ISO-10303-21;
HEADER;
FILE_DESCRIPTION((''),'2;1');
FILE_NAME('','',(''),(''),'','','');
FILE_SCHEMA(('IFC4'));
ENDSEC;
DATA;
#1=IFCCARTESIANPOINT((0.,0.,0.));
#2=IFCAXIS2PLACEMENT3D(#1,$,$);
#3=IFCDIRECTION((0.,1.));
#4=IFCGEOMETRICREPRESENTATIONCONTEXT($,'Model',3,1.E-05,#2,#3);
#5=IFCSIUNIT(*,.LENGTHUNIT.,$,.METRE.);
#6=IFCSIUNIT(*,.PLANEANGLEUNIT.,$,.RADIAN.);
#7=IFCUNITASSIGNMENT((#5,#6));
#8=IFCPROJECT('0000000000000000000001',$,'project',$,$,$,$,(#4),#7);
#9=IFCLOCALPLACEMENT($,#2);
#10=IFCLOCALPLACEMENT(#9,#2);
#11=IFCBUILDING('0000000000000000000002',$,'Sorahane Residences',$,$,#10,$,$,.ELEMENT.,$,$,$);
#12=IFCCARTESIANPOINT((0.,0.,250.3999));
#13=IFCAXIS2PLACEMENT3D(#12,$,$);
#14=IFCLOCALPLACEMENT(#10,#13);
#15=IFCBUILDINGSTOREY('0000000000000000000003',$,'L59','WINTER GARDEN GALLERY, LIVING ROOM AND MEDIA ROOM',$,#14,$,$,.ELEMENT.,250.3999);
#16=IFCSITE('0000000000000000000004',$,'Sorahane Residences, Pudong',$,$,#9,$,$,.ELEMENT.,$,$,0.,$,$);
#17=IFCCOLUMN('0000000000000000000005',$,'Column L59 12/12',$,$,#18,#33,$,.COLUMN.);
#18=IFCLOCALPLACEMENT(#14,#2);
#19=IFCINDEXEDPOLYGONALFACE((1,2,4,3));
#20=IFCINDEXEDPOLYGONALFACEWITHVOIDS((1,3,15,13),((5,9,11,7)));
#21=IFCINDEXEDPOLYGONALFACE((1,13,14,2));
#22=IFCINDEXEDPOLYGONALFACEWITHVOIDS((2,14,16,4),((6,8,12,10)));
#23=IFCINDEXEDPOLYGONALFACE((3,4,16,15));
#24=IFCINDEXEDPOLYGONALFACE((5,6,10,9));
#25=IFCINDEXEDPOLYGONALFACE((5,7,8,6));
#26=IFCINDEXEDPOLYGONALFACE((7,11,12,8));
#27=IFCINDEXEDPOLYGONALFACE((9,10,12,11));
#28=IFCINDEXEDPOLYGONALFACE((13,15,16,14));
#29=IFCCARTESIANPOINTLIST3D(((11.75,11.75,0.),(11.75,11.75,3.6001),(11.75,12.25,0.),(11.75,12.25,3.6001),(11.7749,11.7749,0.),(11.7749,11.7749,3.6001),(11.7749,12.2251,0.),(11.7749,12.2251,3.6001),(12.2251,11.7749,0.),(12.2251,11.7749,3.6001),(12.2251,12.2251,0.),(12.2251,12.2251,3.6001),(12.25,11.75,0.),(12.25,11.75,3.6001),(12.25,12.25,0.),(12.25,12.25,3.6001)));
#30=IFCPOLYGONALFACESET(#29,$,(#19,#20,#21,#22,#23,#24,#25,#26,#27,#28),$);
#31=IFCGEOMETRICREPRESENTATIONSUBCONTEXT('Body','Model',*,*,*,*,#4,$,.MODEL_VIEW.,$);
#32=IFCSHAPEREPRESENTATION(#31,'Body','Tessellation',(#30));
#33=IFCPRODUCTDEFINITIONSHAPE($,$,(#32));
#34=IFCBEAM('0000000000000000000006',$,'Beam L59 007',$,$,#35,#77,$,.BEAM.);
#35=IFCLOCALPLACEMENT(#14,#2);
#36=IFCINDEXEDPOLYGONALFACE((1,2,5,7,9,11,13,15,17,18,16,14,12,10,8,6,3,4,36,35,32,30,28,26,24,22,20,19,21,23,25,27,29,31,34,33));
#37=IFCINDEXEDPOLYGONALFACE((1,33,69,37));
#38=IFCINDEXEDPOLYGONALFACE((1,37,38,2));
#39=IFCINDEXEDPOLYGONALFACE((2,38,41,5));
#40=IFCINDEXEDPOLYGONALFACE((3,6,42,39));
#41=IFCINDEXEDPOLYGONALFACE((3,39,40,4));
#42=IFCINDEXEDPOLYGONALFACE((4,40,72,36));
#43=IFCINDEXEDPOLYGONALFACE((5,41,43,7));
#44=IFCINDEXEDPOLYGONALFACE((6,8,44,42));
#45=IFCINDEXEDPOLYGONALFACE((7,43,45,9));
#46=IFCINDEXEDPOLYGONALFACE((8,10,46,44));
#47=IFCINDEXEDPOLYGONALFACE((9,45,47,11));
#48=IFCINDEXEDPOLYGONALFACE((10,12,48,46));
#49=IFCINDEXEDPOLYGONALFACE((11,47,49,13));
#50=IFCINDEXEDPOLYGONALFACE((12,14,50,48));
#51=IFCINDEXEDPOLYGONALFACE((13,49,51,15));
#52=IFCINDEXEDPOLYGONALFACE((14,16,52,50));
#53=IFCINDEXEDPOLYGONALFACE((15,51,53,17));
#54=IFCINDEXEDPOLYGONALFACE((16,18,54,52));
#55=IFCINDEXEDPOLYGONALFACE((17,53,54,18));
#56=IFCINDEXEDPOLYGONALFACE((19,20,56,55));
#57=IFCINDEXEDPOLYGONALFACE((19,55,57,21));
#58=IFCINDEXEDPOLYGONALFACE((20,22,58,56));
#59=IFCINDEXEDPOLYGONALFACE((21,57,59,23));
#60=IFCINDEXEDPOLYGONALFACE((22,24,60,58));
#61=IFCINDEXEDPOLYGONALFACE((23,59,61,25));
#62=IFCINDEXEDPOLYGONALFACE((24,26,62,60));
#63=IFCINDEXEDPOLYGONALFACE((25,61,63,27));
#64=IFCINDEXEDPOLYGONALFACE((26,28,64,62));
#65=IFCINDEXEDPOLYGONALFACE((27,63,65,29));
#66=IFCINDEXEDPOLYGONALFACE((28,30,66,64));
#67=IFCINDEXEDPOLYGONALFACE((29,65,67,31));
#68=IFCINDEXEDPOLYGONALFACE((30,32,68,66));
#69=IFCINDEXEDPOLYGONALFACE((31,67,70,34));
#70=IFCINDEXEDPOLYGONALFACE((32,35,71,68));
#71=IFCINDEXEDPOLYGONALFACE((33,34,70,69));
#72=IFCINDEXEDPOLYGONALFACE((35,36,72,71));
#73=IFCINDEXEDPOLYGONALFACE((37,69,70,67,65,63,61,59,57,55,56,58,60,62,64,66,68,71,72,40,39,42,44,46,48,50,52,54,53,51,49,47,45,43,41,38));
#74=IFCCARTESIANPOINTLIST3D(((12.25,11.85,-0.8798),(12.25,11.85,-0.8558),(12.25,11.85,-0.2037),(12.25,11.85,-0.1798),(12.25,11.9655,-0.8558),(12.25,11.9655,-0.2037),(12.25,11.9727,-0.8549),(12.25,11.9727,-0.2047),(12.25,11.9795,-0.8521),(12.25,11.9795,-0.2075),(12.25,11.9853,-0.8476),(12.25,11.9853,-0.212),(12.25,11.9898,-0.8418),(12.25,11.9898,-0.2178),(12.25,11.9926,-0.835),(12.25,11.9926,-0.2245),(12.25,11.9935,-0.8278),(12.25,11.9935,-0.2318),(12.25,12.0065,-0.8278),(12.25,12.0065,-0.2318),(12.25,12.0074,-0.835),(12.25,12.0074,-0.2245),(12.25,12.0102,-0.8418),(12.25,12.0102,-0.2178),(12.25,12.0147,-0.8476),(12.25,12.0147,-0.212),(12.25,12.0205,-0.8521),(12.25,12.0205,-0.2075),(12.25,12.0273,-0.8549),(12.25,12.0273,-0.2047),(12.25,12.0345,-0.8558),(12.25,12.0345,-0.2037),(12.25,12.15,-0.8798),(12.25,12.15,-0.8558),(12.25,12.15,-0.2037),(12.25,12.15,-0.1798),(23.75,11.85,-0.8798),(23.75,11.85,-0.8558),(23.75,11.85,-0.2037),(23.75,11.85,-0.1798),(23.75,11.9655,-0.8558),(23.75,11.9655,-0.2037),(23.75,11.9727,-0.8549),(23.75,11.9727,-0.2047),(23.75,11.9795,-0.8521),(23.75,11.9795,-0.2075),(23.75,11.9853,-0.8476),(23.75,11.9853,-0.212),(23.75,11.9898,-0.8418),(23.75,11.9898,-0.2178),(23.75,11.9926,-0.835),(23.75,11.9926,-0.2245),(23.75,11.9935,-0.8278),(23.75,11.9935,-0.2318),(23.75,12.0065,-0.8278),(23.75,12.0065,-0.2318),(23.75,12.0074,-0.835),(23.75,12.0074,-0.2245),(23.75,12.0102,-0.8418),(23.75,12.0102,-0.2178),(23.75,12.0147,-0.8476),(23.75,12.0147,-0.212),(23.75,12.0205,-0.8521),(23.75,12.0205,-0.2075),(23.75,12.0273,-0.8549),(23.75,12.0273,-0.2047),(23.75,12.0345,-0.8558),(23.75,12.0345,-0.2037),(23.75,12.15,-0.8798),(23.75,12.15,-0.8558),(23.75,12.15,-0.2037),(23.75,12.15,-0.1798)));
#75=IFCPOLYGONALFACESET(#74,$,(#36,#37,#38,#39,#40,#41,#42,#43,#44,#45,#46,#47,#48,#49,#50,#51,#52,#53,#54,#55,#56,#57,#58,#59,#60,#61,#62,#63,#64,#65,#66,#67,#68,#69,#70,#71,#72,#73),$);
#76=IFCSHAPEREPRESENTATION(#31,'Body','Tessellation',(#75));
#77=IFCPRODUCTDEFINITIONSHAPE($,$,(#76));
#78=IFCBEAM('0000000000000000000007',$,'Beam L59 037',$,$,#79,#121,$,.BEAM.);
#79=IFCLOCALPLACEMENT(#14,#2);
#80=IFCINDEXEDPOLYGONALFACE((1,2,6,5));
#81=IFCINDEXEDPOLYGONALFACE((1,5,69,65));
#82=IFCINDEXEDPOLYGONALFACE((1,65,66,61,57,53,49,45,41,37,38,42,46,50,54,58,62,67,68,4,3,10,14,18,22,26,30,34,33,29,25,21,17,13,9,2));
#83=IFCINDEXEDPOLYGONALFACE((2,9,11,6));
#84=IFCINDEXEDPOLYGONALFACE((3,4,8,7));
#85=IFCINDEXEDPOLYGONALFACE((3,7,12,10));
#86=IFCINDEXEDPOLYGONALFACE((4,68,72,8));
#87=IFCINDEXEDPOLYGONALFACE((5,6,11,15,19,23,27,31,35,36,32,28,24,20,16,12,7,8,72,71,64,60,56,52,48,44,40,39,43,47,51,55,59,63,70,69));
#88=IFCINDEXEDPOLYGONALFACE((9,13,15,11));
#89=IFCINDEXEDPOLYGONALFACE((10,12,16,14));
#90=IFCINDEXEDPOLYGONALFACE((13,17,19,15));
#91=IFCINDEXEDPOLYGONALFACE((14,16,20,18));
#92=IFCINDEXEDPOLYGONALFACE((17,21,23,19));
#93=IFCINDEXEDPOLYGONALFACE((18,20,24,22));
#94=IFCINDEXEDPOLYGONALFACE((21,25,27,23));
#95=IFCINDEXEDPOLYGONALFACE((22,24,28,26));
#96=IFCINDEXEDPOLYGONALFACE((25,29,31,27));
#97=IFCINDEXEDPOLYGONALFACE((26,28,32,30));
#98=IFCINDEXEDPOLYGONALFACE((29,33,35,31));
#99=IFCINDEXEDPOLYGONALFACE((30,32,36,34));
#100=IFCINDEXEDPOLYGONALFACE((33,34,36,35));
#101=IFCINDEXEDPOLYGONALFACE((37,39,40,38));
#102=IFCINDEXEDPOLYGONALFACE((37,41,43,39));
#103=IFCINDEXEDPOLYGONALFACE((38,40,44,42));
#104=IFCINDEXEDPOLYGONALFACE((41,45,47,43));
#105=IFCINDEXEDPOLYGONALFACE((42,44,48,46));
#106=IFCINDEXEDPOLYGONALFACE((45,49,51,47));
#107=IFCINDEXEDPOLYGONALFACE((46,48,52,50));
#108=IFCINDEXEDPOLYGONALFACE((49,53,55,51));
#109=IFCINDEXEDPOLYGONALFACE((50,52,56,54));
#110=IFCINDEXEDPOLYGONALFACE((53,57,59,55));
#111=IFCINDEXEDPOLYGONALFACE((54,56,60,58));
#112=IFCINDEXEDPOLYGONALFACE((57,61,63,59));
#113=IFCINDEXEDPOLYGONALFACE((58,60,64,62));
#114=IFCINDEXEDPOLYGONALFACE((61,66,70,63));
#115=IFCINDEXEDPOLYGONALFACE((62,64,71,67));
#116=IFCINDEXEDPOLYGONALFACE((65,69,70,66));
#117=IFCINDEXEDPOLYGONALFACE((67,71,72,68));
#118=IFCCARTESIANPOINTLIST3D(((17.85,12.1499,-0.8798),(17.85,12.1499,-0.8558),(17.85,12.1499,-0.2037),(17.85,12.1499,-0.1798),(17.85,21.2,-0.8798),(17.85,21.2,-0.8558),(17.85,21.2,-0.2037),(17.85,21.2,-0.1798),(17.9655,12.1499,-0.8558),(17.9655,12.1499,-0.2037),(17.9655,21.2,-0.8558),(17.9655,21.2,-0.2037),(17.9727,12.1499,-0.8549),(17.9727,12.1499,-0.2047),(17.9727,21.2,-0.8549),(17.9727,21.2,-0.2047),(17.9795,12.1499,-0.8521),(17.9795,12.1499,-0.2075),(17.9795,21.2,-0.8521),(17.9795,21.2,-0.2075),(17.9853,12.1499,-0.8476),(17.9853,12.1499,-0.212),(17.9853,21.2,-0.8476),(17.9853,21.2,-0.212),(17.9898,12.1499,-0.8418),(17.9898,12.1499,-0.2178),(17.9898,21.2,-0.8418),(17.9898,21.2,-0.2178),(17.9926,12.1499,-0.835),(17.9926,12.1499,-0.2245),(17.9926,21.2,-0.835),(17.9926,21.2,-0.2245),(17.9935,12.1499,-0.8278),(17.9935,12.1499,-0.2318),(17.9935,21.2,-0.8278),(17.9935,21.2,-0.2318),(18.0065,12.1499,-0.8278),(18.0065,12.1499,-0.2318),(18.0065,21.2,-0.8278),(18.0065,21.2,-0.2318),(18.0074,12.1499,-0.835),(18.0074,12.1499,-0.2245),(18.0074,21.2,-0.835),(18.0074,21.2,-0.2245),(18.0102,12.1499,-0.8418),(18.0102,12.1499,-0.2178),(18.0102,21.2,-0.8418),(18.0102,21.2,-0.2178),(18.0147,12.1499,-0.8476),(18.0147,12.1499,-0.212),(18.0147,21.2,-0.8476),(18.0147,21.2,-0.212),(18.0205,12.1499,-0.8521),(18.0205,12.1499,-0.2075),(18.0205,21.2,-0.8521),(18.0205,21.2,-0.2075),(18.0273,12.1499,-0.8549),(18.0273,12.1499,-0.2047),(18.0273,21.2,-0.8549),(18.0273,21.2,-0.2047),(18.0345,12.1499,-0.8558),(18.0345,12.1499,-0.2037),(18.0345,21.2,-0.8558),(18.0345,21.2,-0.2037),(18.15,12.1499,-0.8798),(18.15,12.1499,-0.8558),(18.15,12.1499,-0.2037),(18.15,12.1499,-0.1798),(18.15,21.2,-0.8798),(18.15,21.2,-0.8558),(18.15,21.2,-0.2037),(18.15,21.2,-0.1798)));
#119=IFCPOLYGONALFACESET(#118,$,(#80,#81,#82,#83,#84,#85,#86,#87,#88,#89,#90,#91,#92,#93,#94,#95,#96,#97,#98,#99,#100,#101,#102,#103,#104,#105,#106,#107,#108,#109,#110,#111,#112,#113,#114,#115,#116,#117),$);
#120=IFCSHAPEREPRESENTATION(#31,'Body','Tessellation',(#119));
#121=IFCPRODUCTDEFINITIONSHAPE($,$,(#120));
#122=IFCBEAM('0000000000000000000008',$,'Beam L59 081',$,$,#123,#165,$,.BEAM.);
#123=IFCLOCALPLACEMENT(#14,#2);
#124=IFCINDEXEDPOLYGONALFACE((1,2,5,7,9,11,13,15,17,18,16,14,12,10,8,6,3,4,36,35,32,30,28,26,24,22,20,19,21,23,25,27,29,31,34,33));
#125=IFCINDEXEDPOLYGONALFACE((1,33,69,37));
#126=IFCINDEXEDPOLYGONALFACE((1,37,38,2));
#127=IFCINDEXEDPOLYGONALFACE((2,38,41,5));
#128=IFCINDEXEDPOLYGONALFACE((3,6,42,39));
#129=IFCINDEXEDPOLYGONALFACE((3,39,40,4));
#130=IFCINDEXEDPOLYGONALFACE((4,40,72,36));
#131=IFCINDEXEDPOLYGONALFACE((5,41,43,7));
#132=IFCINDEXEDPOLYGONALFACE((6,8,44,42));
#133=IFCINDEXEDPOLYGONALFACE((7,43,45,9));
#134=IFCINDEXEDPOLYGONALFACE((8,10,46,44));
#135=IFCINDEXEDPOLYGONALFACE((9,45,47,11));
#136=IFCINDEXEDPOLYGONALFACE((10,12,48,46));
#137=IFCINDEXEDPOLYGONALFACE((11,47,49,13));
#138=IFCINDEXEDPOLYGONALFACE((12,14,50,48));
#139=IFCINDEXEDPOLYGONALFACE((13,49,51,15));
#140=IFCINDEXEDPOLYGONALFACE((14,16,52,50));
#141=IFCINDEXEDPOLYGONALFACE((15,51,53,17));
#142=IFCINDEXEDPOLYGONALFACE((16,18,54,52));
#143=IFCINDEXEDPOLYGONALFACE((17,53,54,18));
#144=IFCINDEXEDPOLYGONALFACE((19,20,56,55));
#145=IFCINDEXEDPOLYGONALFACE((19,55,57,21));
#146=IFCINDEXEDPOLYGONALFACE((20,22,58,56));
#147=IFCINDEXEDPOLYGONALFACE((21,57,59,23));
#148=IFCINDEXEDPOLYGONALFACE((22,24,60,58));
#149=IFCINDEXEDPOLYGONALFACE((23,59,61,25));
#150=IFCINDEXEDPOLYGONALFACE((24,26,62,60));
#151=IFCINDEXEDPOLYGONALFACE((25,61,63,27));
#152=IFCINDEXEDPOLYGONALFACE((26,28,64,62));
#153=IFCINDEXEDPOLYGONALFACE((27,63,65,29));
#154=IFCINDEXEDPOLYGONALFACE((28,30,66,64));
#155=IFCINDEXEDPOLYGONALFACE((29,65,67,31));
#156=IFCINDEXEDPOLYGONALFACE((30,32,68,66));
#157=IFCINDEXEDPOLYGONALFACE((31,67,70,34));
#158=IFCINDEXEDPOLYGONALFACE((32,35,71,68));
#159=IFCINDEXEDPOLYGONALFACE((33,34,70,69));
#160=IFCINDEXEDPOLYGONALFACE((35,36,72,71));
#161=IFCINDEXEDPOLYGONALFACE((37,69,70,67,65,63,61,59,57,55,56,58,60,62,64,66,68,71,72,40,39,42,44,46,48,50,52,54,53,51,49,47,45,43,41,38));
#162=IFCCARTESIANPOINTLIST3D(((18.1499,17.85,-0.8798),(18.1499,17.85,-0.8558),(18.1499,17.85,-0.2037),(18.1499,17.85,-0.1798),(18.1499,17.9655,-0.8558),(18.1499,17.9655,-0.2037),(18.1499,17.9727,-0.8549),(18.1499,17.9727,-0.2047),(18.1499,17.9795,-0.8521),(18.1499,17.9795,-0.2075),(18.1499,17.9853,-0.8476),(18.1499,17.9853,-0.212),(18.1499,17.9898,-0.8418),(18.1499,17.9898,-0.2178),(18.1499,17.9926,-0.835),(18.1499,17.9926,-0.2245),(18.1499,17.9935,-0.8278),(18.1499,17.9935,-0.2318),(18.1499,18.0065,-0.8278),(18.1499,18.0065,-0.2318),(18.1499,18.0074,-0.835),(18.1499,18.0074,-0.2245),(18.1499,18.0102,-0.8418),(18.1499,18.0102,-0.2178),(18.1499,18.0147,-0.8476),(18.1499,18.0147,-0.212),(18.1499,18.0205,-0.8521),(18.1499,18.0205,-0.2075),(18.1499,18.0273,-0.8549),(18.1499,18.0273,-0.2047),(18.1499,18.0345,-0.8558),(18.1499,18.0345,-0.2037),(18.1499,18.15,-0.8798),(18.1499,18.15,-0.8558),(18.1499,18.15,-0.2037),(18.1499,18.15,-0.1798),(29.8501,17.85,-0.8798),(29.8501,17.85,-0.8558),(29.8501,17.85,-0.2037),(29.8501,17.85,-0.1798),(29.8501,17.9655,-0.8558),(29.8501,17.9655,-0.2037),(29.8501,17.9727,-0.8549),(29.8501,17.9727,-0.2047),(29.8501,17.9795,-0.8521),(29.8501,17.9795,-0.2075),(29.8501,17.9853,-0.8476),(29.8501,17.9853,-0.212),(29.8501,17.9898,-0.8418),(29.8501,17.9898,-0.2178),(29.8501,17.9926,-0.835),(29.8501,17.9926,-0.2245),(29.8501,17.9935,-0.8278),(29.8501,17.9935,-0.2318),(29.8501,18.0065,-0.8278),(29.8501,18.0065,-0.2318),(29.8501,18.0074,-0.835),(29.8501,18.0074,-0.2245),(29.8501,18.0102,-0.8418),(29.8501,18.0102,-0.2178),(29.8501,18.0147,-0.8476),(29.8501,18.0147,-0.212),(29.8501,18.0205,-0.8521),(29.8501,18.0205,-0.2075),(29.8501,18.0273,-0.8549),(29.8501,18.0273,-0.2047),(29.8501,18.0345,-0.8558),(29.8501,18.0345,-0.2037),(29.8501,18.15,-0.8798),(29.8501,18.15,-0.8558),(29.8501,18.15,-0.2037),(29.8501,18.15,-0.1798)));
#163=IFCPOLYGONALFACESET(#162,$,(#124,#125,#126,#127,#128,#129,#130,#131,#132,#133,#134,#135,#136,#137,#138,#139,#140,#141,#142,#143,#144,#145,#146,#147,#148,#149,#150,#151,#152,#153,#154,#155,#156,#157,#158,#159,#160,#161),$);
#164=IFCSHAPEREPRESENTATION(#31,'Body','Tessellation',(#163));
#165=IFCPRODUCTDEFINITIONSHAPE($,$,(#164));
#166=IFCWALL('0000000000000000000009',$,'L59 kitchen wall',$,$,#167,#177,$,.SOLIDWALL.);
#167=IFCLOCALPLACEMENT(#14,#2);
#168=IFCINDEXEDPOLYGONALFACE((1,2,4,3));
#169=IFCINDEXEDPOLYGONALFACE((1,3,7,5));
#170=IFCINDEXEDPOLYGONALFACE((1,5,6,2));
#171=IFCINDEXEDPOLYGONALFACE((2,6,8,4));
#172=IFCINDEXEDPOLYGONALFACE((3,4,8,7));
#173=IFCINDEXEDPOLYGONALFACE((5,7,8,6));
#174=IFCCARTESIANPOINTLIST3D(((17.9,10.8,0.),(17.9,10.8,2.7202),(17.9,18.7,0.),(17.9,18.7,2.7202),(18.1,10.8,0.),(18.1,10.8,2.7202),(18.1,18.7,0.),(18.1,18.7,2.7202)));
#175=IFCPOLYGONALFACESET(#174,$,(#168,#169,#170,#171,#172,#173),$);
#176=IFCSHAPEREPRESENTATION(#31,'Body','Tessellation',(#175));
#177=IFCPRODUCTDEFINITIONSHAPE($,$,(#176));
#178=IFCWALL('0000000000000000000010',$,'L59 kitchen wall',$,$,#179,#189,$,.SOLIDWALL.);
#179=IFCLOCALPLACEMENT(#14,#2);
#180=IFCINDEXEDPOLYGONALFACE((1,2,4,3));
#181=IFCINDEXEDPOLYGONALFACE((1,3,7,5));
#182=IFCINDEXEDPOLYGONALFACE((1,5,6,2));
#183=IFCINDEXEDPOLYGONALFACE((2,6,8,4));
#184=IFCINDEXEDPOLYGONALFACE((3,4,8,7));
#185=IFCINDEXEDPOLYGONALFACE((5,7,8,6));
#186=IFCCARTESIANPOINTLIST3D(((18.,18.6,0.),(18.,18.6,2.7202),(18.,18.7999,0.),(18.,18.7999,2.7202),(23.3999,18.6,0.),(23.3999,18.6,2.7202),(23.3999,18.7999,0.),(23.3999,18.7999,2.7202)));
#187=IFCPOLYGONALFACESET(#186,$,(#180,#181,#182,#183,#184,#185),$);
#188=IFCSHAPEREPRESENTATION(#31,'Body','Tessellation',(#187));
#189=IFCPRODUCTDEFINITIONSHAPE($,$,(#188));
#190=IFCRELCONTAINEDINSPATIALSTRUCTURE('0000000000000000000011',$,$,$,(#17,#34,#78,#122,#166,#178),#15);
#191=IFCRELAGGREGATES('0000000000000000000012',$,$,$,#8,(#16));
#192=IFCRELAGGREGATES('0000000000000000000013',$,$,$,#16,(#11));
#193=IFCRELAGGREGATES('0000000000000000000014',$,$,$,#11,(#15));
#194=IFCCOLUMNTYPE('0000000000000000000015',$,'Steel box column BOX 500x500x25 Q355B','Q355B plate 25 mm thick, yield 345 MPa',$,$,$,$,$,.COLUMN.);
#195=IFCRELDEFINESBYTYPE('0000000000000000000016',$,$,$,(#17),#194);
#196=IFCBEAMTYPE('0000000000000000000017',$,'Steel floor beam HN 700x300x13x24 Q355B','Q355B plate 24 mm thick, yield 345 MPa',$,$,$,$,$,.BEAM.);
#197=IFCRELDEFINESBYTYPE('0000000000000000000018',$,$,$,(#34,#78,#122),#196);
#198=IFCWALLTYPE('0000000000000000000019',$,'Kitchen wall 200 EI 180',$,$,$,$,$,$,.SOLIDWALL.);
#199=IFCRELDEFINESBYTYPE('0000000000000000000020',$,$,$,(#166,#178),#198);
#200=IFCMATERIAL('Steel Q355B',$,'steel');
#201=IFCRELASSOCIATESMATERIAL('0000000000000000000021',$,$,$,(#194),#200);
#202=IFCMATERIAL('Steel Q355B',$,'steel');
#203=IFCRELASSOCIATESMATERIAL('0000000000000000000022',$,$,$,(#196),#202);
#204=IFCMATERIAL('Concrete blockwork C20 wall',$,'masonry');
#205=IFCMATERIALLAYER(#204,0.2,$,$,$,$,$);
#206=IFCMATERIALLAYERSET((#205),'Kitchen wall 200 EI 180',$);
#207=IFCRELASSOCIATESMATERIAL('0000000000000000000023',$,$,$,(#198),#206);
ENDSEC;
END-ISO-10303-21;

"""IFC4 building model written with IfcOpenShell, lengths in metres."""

from ifc_helpers import new_model, si_unit, direction, frame, frame_2d, origin, origin_2d, place, context, subcontext, project, spatial, rectangle, hollow_rectangle, i_section, extrude, material, layer, layer_set, material_profile, profile_set, type_object, element, save


model = new_model("IFC4")

# Units and contexts
model_context = context("Model", 3, precision=1e-05, world=origin(), true_north=direction((0.0, 1.0)))
body_context = subcontext(model_context, "Body", "Model", "MODEL_VIEW")
ifc_project = project(units=[si_unit("LENGTHUNIT", "METRE"), si_unit("PLANEANGLEUNIT", "RADIAN")], contexts=[model_context])

# Site, building, storey
site_placement = place(None, origin())
site = spatial("IfcSite", under=ifc_project, at=site_placement, Name="Sorahane Residences, Pudong", CompositionType="ELEMENT", RefElevation=0.0)
building_placement = place(site_placement, origin())
building = spatial("IfcBuilding", under=site, at=building_placement, Name="Sorahane Residences", CompositionType="ELEMENT")
storey_placement = place(building_placement, frame((0.0, 0.0, 250.3999)))
storey = spatial("IfcBuildingStorey", under=building, at=storey_placement, Name="L59", Description="WINTER GARDEN GALLERY, LIVING ROOM AND MEDIA ROOM", CompositionType="ELEMENT", Elevation=250.3999)

# Column
ifc_material_1 = material(Name="Steel Q355B", Category="steel")
ifc_material_profile_1 = material_profile(ifc_material_1, hollow_rectangle(XDim=0.5, YDim=0.5, WallThickness=0.0249, at=origin_2d()), Name="BOX 500x500x25")
ifc_profile_set_1 = profile_set([ifc_material_profile_1], Name="Steel Q355B")
column_type = type_object("IfcColumnType", Name="Steel box column BOX 500x500x25 Q355B", Description="Q355B plate 25 mm thick, yield 345 MPa", PredefinedType="COLUMN", material=ifc_profile_set_1)
column_placement = place(storey_placement, frame((12.0, 12.0, 0.0), z_axis=(0.0, 0.0, 1.0), x_axis=(1.0, 0.0, 0.0)))
element("IfcColumn", 1, at=column_placement, inside=storey, type_object=column_type, Name="Column L59 12/12", PredefinedType="COLUMN", context=body_context, shape_type="SweptSolid", body=[
    extrude(hollow_rectangle(XDim=0.5, YDim=0.5, WallThickness=0.0249, at=origin_2d()), origin(), (0.0, 0.0, 1.0), 3.6001),
])

# Beams
ifc_material_2 = material(Name="Steel Q355B", Category="steel")
ifc_material_profile_2 = material_profile(ifc_material_2, i_section(OverallWidth=0.3, OverallDepth=0.7, WebThickness=0.0129, FlangeThickness=0.0239, FilletRadius=0.0281, at=origin_2d()), Name="HN 700x300x13x24")
ifc_profile_set_2 = profile_set([ifc_material_profile_2], Name="Steel Q355B")
beam_type = type_object("IfcBeamType", Name="Steel floor beam HN 700x300x13x24 Q355B", Description="Q355B plate 24 mm thick, yield 345 MPa", PredefinedType="BEAM", material=ifc_profile_set_2)
beam_1_placement = place(storey_placement, frame((12.25, 12.0, -0.5298), z_axis=(1.0, 0.0, 0.0), x_axis=(0.0, 1.0, 0.0)))
element("IfcBeam", 2, at=beam_1_placement, inside=storey, type_object=beam_type, Name="Beam L59 007", PredefinedType="BEAM", context=body_context, shape_type="SweptSolid", body=[
    extrude(i_section(OverallWidth=0.3, OverallDepth=0.7, WebThickness=0.0129, FlangeThickness=0.0239, FilletRadius=0.0281, at=origin_2d()), origin(), (0.0, 0.0, 1.0), 11.5),
])
beam_2_placement = place(storey_placement, frame((18.0, 12.1499, -0.5298), z_axis=(0.0, 1.0, 0.0), x_axis=(-1.0, 0.0, 0.0)))
element("IfcBeam", 3, at=beam_2_placement, inside=storey, type_object=beam_type, Name="Beam L59 037", PredefinedType="BEAM", context=body_context, shape_type="SweptSolid", body=[
    extrude(i_section(OverallWidth=0.3, OverallDepth=0.7, WebThickness=0.0129, FlangeThickness=0.0239, FilletRadius=0.0281, at=origin_2d()), origin(), (0.0, 0.0, 1.0), 9.05),
])
beam_3_placement = place(storey_placement, frame((18.1499, 18.0, -0.5298), z_axis=(1.0, 0.0, 0.0), x_axis=(0.0, 1.0, 0.0)))
element("IfcBeam", 4, at=beam_3_placement, inside=storey, type_object=beam_type, Name="Beam L59 081", PredefinedType="BEAM", context=body_context, shape_type="SweptSolid", body=[
    extrude(i_section(OverallWidth=0.3, OverallDepth=0.7, WebThickness=0.0129, FlangeThickness=0.0239, FilletRadius=0.0281, at=origin_2d()), origin(), (0.0, 0.0, 1.0), 11.7002),
])

# Wall
ifc_material_3 = material(Name="Concrete blockwork C20 wall", Category="masonry")
ifc_layer_1 = layer(ifc_material_3, 0.2)
ifc_layer_set_1 = layer_set([ifc_layer_1], Name="Kitchen wall 200 EI 180")
wall_type_1 = type_object("IfcWallType", Name="Kitchen wall 200 EI 180", PredefinedType="SOLIDWALL", material=ifc_layer_set_1)
wall_1_placement = place(storey_placement, frame((18.0, 10.8, 0.0), z_axis=(0.0, 0.0, 1.0), x_axis=(0.0, 1.0, 0.0)))
element("IfcWall", 5, at=wall_1_placement, inside=storey, type_object=wall_type_1, Name="L59 kitchen wall", PredefinedType="SOLIDWALL", context=body_context, shape_type="SweptSolid", body=[
    extrude(rectangle(XDim=7.8999, YDim=0.2, at=frame_2d((3.95, 0.0))), origin(), (0.0, 0.0, 1.0), 2.7202),
])

# Wall
wall_2_placement = place(storey_placement, frame((18.0, 18.7, 0.0), z_axis=(0.0, 0.0, 1.0), x_axis=(1.0, 0.0, 0.0)))
element("IfcWall", 6, at=wall_2_placement, inside=storey, type_object=wall_type_1, Name="L59 kitchen wall", PredefinedType="SOLIDWALL", context=body_context, shape_type="SweptSolid", body=[
    extrude(rectangle(XDim=5.3999, YDim=0.2, at=frame_2d((2.7, 0.0))), origin(), (0.0, 0.0, 1.0), 2.7202),
])

save(model, "model.ifc")
